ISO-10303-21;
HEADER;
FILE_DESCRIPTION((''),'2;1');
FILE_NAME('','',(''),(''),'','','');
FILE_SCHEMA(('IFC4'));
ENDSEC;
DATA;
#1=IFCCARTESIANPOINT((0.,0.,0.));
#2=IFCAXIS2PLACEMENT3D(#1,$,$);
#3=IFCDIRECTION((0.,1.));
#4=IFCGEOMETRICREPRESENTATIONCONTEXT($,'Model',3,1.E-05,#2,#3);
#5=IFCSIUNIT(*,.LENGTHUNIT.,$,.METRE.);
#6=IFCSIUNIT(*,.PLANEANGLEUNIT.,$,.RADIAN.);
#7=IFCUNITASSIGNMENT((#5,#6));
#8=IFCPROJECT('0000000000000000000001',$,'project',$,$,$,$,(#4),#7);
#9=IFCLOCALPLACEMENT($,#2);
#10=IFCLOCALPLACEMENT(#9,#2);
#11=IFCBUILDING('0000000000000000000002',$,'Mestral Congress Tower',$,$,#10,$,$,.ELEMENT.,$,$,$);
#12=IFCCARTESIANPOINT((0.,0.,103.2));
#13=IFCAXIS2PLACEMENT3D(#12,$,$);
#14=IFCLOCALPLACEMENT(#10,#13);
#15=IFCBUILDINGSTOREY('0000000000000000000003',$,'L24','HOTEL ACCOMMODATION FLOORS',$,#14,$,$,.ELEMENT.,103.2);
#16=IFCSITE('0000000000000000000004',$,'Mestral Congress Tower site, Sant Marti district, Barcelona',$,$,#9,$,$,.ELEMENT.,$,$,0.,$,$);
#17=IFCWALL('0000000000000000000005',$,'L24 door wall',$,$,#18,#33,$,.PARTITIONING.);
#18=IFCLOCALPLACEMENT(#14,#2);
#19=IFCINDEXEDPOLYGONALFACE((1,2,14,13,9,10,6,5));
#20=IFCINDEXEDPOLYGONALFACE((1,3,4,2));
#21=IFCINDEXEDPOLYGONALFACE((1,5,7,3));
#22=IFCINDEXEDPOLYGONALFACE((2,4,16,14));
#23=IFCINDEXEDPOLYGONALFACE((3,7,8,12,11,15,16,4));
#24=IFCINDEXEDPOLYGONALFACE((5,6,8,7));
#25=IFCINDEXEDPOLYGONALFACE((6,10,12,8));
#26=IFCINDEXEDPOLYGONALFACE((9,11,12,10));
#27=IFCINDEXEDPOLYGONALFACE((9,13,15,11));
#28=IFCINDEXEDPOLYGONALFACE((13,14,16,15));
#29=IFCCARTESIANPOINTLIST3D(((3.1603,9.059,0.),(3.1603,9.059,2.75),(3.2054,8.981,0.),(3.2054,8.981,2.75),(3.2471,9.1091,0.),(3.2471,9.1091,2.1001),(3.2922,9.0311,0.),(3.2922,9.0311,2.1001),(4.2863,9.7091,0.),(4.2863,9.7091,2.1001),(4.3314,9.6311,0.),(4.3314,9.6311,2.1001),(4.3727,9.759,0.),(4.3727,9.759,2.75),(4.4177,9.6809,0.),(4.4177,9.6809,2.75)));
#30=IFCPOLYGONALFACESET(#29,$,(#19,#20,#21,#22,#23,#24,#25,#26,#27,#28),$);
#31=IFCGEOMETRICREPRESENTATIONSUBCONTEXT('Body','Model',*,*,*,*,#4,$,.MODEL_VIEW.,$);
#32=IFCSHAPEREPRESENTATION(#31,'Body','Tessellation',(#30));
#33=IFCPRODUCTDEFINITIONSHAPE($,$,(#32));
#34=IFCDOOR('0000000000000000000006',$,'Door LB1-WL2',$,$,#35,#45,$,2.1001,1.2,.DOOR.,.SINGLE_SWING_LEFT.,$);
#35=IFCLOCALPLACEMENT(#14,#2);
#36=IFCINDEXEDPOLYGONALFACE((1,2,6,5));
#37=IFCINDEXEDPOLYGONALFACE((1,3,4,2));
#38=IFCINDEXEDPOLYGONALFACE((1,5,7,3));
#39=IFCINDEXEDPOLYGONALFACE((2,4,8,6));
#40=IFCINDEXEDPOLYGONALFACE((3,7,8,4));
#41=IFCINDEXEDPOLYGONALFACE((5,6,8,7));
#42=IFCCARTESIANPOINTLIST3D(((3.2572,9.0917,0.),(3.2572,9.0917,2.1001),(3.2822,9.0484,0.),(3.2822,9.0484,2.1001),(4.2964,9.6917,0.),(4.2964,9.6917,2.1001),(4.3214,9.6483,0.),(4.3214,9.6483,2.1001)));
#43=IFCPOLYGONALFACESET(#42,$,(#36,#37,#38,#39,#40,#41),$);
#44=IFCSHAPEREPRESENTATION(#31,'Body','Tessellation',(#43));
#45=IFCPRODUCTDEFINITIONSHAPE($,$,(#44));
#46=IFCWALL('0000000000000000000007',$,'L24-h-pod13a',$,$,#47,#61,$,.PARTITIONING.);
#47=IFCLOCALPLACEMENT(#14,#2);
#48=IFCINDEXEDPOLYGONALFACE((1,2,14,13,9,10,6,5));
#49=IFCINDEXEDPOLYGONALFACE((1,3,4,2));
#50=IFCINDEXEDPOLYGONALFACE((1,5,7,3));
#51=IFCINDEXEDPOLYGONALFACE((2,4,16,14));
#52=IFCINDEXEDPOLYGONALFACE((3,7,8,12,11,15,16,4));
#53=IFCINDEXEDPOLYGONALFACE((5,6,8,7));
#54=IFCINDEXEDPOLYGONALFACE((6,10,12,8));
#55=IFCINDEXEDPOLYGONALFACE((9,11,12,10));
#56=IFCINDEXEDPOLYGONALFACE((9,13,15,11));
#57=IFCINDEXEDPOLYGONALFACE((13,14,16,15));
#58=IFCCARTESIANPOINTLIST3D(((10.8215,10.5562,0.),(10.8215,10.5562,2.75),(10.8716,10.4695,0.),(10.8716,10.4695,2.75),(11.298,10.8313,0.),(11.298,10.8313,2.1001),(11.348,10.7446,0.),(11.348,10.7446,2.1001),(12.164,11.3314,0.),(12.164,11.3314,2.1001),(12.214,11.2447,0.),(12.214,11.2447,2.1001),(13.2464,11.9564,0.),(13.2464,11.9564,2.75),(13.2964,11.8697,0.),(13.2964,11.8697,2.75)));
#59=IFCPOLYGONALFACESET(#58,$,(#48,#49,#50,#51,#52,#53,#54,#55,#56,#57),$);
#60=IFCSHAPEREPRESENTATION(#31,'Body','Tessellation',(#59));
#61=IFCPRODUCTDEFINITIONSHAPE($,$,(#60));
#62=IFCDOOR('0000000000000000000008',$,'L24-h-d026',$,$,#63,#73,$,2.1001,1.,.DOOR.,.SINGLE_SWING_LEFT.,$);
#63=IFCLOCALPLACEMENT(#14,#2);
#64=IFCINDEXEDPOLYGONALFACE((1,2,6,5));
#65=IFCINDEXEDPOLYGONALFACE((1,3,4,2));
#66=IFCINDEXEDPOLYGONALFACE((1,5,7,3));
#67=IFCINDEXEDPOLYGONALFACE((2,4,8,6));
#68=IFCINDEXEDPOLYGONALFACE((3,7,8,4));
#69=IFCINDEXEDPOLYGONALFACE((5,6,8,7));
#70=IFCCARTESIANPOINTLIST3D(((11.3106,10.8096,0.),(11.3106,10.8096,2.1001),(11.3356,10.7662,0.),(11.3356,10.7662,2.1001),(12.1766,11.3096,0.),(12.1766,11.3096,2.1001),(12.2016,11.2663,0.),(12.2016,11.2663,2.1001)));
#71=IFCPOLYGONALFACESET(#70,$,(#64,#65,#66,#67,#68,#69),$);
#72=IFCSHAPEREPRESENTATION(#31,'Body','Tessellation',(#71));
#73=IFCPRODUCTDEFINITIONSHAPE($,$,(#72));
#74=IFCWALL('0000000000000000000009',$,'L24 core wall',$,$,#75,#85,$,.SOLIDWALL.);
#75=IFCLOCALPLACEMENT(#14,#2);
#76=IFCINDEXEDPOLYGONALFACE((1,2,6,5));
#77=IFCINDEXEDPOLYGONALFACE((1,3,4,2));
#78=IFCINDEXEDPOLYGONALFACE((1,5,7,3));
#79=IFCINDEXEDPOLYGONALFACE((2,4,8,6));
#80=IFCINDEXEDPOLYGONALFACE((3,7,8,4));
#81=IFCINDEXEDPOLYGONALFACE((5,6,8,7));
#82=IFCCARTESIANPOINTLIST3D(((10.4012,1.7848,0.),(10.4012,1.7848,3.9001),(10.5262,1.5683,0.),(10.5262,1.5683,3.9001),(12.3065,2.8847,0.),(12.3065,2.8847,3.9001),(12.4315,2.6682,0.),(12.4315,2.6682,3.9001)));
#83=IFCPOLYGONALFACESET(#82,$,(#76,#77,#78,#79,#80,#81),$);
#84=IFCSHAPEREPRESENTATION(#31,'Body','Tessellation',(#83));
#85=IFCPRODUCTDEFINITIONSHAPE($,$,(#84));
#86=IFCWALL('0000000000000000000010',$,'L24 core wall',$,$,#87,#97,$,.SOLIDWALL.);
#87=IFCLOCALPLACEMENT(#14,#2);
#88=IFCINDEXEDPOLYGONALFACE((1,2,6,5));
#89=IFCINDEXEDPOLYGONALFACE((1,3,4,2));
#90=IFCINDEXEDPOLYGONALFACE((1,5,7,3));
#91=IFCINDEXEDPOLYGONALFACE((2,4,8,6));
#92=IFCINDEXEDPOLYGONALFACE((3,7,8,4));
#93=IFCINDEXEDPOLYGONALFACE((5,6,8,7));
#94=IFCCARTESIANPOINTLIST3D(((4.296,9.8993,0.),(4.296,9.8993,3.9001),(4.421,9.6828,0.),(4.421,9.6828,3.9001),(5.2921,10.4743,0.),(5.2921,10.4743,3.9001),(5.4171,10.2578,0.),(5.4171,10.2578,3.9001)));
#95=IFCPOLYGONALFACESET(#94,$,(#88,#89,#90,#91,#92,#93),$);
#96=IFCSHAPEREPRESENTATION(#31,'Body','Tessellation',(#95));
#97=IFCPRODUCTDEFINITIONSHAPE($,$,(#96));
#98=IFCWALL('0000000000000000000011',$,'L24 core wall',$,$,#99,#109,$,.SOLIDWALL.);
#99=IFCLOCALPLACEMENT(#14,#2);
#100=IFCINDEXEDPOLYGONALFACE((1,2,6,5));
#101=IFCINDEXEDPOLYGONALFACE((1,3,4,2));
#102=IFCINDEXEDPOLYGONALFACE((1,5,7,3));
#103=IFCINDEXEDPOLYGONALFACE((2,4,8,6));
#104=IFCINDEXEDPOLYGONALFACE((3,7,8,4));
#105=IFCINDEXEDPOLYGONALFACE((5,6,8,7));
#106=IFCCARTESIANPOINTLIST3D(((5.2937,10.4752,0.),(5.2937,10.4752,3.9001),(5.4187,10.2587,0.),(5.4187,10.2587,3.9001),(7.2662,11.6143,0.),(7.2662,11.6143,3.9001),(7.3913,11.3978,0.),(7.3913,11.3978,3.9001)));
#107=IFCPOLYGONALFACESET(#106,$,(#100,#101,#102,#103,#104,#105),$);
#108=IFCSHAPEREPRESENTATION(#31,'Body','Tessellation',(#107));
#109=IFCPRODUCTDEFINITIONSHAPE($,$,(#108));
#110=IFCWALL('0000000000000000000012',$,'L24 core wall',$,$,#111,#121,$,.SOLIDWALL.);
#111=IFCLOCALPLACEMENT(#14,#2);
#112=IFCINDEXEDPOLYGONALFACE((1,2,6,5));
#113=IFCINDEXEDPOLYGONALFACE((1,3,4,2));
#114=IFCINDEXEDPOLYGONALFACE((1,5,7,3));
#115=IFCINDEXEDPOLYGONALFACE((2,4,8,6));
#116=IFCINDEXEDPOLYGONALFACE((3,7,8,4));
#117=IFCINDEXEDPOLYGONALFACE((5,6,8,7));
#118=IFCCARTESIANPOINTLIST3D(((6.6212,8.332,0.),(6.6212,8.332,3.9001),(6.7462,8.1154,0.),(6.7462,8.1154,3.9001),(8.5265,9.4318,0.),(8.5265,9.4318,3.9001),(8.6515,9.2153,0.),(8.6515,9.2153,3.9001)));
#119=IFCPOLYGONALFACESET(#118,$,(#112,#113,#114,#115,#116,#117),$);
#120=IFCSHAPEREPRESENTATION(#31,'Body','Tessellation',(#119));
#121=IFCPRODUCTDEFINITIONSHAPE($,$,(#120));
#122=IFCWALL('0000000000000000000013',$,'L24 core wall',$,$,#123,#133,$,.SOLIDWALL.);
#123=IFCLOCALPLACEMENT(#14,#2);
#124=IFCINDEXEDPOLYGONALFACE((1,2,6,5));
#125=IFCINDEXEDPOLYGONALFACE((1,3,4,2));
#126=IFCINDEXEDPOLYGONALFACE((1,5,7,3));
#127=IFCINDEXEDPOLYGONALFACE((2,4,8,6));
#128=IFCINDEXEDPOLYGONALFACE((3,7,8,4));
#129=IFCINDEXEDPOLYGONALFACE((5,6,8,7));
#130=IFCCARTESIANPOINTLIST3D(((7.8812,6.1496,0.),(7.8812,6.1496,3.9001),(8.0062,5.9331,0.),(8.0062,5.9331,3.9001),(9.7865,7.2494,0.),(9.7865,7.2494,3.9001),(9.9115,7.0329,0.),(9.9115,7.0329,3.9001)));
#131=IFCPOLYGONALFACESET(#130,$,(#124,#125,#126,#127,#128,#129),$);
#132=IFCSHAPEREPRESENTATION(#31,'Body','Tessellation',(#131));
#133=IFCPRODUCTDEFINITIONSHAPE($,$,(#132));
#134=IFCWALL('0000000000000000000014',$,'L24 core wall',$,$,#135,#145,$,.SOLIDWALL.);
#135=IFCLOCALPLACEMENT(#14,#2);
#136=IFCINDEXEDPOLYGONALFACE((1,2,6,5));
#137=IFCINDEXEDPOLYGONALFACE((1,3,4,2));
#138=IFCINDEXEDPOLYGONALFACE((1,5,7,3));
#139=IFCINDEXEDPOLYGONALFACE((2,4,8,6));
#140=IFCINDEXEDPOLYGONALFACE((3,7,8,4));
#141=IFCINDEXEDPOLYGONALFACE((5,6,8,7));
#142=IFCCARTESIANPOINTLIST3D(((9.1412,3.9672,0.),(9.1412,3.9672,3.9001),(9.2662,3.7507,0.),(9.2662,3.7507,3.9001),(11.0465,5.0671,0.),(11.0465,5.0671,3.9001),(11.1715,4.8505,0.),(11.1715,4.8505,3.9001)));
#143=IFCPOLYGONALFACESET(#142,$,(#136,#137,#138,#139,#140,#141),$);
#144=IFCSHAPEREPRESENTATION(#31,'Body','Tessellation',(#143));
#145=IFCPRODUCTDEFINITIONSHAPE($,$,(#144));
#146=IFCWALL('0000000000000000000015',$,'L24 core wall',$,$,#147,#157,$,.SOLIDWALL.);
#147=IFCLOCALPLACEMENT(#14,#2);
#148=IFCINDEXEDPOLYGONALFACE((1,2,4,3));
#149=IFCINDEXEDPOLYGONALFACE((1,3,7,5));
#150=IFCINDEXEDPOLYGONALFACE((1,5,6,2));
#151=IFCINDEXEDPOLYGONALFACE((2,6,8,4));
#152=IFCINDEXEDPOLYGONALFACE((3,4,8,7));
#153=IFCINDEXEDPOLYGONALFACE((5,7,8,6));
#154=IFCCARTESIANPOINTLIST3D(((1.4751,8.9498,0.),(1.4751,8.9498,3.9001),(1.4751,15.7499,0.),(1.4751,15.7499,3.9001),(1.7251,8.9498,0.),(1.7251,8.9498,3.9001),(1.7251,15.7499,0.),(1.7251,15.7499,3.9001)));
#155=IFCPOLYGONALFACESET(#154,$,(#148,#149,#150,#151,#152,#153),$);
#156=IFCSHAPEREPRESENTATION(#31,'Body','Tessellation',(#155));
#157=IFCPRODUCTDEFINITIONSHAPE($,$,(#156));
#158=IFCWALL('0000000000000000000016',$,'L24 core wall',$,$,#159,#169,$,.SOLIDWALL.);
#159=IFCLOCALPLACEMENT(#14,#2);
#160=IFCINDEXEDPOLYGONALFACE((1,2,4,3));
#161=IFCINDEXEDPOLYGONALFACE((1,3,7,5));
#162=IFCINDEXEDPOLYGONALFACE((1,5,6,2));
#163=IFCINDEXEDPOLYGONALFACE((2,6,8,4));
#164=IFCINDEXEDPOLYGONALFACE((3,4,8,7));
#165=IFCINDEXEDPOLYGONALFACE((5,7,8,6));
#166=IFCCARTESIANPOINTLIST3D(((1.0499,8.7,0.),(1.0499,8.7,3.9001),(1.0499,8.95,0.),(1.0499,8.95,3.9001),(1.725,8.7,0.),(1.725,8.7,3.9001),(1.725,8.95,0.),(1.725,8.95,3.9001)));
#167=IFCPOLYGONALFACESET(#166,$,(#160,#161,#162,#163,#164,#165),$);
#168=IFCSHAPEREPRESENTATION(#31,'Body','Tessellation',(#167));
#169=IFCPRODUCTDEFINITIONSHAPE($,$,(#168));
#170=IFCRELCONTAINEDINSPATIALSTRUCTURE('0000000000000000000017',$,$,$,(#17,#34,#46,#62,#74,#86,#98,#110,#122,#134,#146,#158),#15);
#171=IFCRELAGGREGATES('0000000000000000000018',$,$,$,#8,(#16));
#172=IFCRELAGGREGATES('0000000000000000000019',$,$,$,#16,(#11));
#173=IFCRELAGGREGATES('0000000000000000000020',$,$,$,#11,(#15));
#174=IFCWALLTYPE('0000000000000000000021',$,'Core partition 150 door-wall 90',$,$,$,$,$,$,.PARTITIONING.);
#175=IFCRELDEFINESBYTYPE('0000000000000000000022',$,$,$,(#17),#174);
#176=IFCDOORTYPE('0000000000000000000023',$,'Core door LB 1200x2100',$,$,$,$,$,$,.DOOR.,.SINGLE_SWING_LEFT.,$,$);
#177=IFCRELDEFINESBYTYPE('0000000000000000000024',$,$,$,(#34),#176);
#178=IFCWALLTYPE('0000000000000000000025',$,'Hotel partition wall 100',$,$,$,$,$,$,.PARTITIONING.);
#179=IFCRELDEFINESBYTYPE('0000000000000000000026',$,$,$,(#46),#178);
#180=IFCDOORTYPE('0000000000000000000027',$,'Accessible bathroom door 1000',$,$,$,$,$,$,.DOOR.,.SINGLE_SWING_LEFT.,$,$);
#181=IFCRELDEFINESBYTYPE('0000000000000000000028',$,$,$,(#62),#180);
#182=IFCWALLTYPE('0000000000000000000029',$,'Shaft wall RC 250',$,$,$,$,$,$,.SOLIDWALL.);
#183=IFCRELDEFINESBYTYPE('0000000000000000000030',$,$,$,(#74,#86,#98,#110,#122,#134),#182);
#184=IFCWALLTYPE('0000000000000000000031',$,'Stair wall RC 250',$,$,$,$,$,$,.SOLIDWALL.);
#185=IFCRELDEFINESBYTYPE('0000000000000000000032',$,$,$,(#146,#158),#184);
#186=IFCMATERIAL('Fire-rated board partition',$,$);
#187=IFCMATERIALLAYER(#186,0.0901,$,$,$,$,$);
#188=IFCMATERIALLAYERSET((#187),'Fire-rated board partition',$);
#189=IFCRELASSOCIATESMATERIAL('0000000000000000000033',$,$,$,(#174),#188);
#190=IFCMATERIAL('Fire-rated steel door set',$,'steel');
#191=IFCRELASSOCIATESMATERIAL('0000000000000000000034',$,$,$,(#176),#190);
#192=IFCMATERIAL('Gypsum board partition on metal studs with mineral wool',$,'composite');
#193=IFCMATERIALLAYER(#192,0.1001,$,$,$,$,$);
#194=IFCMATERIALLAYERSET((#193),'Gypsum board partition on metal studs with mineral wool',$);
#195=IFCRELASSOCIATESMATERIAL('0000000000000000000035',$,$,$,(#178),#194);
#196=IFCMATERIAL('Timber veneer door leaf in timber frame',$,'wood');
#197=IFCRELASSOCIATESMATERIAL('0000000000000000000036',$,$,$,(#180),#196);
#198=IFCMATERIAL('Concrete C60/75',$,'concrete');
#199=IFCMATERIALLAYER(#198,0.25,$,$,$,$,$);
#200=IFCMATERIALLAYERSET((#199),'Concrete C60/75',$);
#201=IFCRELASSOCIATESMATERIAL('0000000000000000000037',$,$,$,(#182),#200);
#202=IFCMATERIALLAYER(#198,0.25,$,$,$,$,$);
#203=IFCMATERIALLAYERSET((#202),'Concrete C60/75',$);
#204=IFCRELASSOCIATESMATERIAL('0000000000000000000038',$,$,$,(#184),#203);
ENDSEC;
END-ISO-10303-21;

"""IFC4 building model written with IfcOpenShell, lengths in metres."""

from ifc_helpers import new_model, si_unit, direction, frame, frame_2d, origin, place, context, subcontext, project, spatial, rectangle, extrude, material, layer, layer_set, type_object, element, fill, save


model = new_model("IFC4")

# Units and contexts
model_context = context("Model", 3, precision=1e-05, world=origin(), true_north=direction((0.0, 1.0)))
body_context = subcontext(model_context, "Body", "Model", "MODEL_VIEW")
ifc_project = project(units=[si_unit("LENGTHUNIT", "METRE"), si_unit("PLANEANGLEUNIT", "RADIAN")], contexts=[model_context])

# Site, building, storey
site_placement = place(None, origin())
site = spatial("IfcSite", under=ifc_project, at=site_placement, Name="Mestral Congress Tower site, Sant Marti district, Barcelona", CompositionType="ELEMENT", RefElevation=0.0)
building_placement = place(site_placement, origin())
building = spatial("IfcBuilding", under=site, at=building_placement, Name="Mestral Congress Tower", CompositionType="ELEMENT")
storey_placement = place(building_placement, frame((0.0, 0.0, 103.2)))
storey = spatial("IfcBuildingStorey", under=building, at=storey_placement, Name="L24", Description="HOTEL ACCOMMODATION FLOORS", CompositionType="ELEMENT", Elevation=103.2)

# Walls, openings, doors
ifc_material_1 = material(Name="Fire-rated board partition")
ifc_layer_1 = layer(ifc_material_1, 0.0901)
ifc_layer_set_1 = layer_set([ifc_layer_1], Name="Fire-rated board partition")
wall_type_1 = type_object("IfcWallType", Name="Core partition 150 door-wall 90", PredefinedType="PARTITIONING", material=ifc_layer_set_1)
wall_1_placement = place(storey_placement, frame((3.1829, 9.02, 0.0), z_axis=(0.0, 0.0, 1.0), x_axis=(0.866035, 0.499984, 0.0)))
wall_1 = element("IfcWall", 1, at=wall_1_placement, inside=storey, type_object=wall_type_1, Name="L24 door wall", PredefinedType="PARTITIONING", context=body_context, shape_type="SweptSolid", body=[
    extrude(rectangle(XDim=1.3999, YDim=0.0901, at=frame_2d((0.7, 0.0))), origin(), (0.0, 0.0, 1.0), 2.75),
])
opening_1_placement = place(wall_1_placement, frame((0.1001, 0.0, 0.0)))
opening_1 = element("IfcOpeningElement", 2, at=opening_1_placement, cuts=wall_1, PredefinedType="OPENING", context=body_context, shape_type="SweptSolid", body=[
    extrude(rectangle(XDim=1.2, YDim=2.1001, at=frame_2d((0.6001, 1.05))), frame((0.0, 0.0549, 0.0), z_axis=(0.0, -1.0, 0.0), x_axis=(1.0, 0.0, 0.0)), (0.0, 0.0, 1.0), 0.1101),
])
ifc_material_2 = material(Name="Fire-rated steel door set", Category="steel")
door_type_1 = type_object("IfcDoorType", Name="Core door LB 1200x2100", OperationType="SINGLE_SWING_LEFT", PredefinedType="DOOR", material=ifc_material_2)
door_1_placement = place(opening_1_placement, origin())
door_1 = element("IfcDoor", 3, at=door_1_placement, inside=storey, type_object=door_type_1, Name="Door LB1-WL2", OperationType="SINGLE_SWING_LEFT", OverallHeight=2.1001, OverallWidth=1.2, PredefinedType="DOOR", context=body_context, shape_type="SweptSolid", body=[
    extrude(rectangle(XDim=1.2, YDim=2.1001, at=frame_2d((0.6001, 1.05))), frame((0.0, 0.0249, 0.0), z_axis=(0.0, -1.0, 0.0), x_axis=(1.0, 0.0, 0.0)), (0.0, 0.0, 1.0), 0.05),
])
fill(opening_1, door_1)
ifc_material_3 = material(Name="Gypsum board partition on metal studs with mineral wool", Category="composite")
ifc_layer_2 = layer(ifc_material_3, 0.1001)
ifc_layer_set_2 = layer_set([ifc_layer_2], Name="Gypsum board partition on metal studs with mineral wool")
wall_type_2 = type_object("IfcWallType", Name="Hotel partition wall 100", PredefinedType="PARTITIONING", material=ifc_layer_set_2)
wall_2_placement = place(storey_placement, frame((10.8467, 10.5129, 0.0), z_axis=(0.0, 0.0, 1.0), x_axis=(0.865997, 0.50005, 0.0)))
wall_2 = element("IfcWall", 4, at=wall_2_placement, inside=storey, type_object=wall_type_2, Name="L24-h-pod13a", PredefinedType="PARTITIONING", context=body_context, shape_type="SweptSolid", body=[
    extrude(rectangle(XDim=2.8, YDim=0.1001, at=frame_2d((1.3999, 0.0))), origin(), (0.0, 0.0, 1.0), 2.75),
])
opening_2_placement = place(wall_2_placement, frame((0.55, 0.0, 0.0)))
opening_2 = element("IfcOpeningElement", 5, at=opening_2_placement, cuts=wall_2, PredefinedType="OPENING", context=body_context, shape_type="SweptSolid", body=[
    extrude(rectangle(XDim=1.0, YDim=2.1001, at=frame_2d((0.5, 1.05))), frame((0.0, 0.0601, 0.0), z_axis=(0.0, -1.0, 0.0), x_axis=(1.0, 0.0, 0.0)), (0.0, 0.0, 1.0), 0.1201),
])
ifc_material_4 = material(Name="Timber veneer door leaf in timber frame", Category="wood")
door_type_2 = type_object("IfcDoorType", Name="Accessible bathroom door 1000", OperationType="SINGLE_SWING_LEFT", PredefinedType="DOOR", material=ifc_material_4)
door_2_placement = place(opening_2_placement, origin())
door_2 = element("IfcDoor", 6, at=door_2_placement, inside=storey, type_object=door_type_2, Name="L24-h-d026", OperationType="SINGLE_SWING_LEFT", OverallHeight=2.1001, OverallWidth=1.0, PredefinedType="DOOR", context=body_context, shape_type="SweptSolid", body=[
    extrude(rectangle(XDim=1.0, YDim=2.1001, at=frame_2d((0.5, 1.05))), frame((0.0, 0.0249, 0.0), z_axis=(0.0, -1.0, 0.0), x_axis=(1.0, 0.0, 0.0)), (0.0, 0.0, 1.0), 0.05),
])
fill(opening_2, door_2)

# Walls
ifc_material_5 = material(Name="Concrete C60/75", Category="concrete")
ifc_layer_3 = layer(ifc_material_5, 0.25)
ifc_layer_set_3 = layer_set([ifc_layer_3], Name="Concrete C60/75")
wall_type_3 = type_object("IfcWallType", Name="Shaft wall RC 250", PredefinedType="SOLIDWALL", material=ifc_layer_set_3)
wall_3_placement = place(storey_placement, frame((10.4636, 1.6765, 0.0), z_axis=(0.0, 0.0, 1.0), x_axis=(0.866056, 0.499947, 0.0)))
element("IfcWall", 7, at=wall_3_placement, inside=storey, type_object=wall_type_3, Name="L24 core wall", PredefinedType="SOLIDWALL", context=body_context, shape_type="SweptSolid", body=[
    extrude(rectangle(XDim=2.2, YDim=0.25, at=frame_2d((1.1001, 0.0))), origin(), (0.0, 0.0, 1.0), 3.9001),
])
wall_4_placement = place(storey_placement, frame((4.3584, 9.791, 0.0), z_axis=(0.0, 0.0, 1.0), x_axis=(0.86608, 0.499906, 0.0)))
element("IfcWall", 8, at=wall_4_placement, inside=storey, type_object=wall_type_3, Name="L24 core wall", PredefinedType="SOLIDWALL", context=body_context, shape_type="SweptSolid", body=[
    extrude(rectangle(XDim=1.1501, YDim=0.25, at=frame_2d((0.5752, 0.0))), origin(), (0.0, 0.0, 1.0), 3.9001),
])
wall_5_placement = place(storey_placement, frame((5.3562, 10.3669, 0.0), z_axis=(0.0, 0.0, 1.0), x_axis=(0.865979, 0.500081, 0.0)))
element("IfcWall", 9, at=wall_5_placement, inside=storey, type_object=wall_type_3, Name="L24 core wall", PredefinedType="SOLIDWALL", context=body_context, shape_type="SweptSolid", body=[
    extrude(rectangle(XDim=2.2778, YDim=0.25, at=frame_2d((1.1389, 0.0))), origin(), (0.0, 0.0, 1.0), 3.9001),
])
for number, where, z_axis, x_axis, name in (
    (10, (6.6836, 8.2236, 0.0), (0.0, 0.0, 1.0), (0.866056, 0.499947, 0.0), "L24 core wall"),
    (11, (7.9436, 6.0413, 0.0), (0.0, 0.0, 1.0), (0.866056, 0.499947, 0.0), "L24 core wall"),
    (12, (9.2036, 3.8589, 0.0), (0.0, 0.0, 1.0), (0.866056, 0.499947, 0.0), "L24 core wall"),
):
    element("IfcWall", number, at=place(storey_placement, frame(where, z_axis=z_axis, x_axis=x_axis)), inside=storey, type_object=wall_type_3, Name=name, PredefinedType="SOLIDWALL", context=body_context, shape_type="SweptSolid", body=[
        extrude(rectangle(XDim=2.2, YDim=0.25, at=frame_2d((1.1001, 0.0))), origin(), (0.0, 0.0, 1.0), 3.9001),
    ])
ifc_layer_4 = layer(ifc_material_5, 0.25)
ifc_layer_set_4 = layer_set([ifc_layer_4], Name="Concrete C60/75")
wall_type_4 = type_object("IfcWallType", Name="Stair wall RC 250", PredefinedType="SOLIDWALL", material=ifc_layer_set_4)
wall_6_placement = place(storey_placement, frame((1.6001, 8.95, 0.0), z_axis=(0.0, 0.0, 1.0), x_axis=(0.0, 1.0, 0.0)))
element("IfcWall", 13, at=wall_6_placement, inside=storey, type_object=wall_type_4, Name="L24 core wall", PredefinedType="SOLIDWALL", context=body_context, shape_type="SweptSolid", body=[
    extrude(rectangle(XDim=6.8, YDim=0.25, at=frame_2d((3.3999, 0.0))), origin(), (0.0, 0.0, 1.0), 3.9001),
])
wall_7_placement = place(storey_placement, frame((1.05, 8.825, 0.0), z_axis=(0.0, 0.0, 1.0), x_axis=(1.0, 0.0, 0.0)))
element("IfcWall", 14, at=wall_7_placement, inside=storey, type_object=wall_type_4, Name="L24 core wall", PredefinedType="SOLIDWALL", context=body_context, shape_type="SweptSolid", body=[
    extrude(rectangle(XDim=0.675, YDim=0.25, at=frame_2d((0.3374, 0.0))), origin(), (0.0, 0.0, 1.0), 3.9001),
])

save(model, "model.ifc")
